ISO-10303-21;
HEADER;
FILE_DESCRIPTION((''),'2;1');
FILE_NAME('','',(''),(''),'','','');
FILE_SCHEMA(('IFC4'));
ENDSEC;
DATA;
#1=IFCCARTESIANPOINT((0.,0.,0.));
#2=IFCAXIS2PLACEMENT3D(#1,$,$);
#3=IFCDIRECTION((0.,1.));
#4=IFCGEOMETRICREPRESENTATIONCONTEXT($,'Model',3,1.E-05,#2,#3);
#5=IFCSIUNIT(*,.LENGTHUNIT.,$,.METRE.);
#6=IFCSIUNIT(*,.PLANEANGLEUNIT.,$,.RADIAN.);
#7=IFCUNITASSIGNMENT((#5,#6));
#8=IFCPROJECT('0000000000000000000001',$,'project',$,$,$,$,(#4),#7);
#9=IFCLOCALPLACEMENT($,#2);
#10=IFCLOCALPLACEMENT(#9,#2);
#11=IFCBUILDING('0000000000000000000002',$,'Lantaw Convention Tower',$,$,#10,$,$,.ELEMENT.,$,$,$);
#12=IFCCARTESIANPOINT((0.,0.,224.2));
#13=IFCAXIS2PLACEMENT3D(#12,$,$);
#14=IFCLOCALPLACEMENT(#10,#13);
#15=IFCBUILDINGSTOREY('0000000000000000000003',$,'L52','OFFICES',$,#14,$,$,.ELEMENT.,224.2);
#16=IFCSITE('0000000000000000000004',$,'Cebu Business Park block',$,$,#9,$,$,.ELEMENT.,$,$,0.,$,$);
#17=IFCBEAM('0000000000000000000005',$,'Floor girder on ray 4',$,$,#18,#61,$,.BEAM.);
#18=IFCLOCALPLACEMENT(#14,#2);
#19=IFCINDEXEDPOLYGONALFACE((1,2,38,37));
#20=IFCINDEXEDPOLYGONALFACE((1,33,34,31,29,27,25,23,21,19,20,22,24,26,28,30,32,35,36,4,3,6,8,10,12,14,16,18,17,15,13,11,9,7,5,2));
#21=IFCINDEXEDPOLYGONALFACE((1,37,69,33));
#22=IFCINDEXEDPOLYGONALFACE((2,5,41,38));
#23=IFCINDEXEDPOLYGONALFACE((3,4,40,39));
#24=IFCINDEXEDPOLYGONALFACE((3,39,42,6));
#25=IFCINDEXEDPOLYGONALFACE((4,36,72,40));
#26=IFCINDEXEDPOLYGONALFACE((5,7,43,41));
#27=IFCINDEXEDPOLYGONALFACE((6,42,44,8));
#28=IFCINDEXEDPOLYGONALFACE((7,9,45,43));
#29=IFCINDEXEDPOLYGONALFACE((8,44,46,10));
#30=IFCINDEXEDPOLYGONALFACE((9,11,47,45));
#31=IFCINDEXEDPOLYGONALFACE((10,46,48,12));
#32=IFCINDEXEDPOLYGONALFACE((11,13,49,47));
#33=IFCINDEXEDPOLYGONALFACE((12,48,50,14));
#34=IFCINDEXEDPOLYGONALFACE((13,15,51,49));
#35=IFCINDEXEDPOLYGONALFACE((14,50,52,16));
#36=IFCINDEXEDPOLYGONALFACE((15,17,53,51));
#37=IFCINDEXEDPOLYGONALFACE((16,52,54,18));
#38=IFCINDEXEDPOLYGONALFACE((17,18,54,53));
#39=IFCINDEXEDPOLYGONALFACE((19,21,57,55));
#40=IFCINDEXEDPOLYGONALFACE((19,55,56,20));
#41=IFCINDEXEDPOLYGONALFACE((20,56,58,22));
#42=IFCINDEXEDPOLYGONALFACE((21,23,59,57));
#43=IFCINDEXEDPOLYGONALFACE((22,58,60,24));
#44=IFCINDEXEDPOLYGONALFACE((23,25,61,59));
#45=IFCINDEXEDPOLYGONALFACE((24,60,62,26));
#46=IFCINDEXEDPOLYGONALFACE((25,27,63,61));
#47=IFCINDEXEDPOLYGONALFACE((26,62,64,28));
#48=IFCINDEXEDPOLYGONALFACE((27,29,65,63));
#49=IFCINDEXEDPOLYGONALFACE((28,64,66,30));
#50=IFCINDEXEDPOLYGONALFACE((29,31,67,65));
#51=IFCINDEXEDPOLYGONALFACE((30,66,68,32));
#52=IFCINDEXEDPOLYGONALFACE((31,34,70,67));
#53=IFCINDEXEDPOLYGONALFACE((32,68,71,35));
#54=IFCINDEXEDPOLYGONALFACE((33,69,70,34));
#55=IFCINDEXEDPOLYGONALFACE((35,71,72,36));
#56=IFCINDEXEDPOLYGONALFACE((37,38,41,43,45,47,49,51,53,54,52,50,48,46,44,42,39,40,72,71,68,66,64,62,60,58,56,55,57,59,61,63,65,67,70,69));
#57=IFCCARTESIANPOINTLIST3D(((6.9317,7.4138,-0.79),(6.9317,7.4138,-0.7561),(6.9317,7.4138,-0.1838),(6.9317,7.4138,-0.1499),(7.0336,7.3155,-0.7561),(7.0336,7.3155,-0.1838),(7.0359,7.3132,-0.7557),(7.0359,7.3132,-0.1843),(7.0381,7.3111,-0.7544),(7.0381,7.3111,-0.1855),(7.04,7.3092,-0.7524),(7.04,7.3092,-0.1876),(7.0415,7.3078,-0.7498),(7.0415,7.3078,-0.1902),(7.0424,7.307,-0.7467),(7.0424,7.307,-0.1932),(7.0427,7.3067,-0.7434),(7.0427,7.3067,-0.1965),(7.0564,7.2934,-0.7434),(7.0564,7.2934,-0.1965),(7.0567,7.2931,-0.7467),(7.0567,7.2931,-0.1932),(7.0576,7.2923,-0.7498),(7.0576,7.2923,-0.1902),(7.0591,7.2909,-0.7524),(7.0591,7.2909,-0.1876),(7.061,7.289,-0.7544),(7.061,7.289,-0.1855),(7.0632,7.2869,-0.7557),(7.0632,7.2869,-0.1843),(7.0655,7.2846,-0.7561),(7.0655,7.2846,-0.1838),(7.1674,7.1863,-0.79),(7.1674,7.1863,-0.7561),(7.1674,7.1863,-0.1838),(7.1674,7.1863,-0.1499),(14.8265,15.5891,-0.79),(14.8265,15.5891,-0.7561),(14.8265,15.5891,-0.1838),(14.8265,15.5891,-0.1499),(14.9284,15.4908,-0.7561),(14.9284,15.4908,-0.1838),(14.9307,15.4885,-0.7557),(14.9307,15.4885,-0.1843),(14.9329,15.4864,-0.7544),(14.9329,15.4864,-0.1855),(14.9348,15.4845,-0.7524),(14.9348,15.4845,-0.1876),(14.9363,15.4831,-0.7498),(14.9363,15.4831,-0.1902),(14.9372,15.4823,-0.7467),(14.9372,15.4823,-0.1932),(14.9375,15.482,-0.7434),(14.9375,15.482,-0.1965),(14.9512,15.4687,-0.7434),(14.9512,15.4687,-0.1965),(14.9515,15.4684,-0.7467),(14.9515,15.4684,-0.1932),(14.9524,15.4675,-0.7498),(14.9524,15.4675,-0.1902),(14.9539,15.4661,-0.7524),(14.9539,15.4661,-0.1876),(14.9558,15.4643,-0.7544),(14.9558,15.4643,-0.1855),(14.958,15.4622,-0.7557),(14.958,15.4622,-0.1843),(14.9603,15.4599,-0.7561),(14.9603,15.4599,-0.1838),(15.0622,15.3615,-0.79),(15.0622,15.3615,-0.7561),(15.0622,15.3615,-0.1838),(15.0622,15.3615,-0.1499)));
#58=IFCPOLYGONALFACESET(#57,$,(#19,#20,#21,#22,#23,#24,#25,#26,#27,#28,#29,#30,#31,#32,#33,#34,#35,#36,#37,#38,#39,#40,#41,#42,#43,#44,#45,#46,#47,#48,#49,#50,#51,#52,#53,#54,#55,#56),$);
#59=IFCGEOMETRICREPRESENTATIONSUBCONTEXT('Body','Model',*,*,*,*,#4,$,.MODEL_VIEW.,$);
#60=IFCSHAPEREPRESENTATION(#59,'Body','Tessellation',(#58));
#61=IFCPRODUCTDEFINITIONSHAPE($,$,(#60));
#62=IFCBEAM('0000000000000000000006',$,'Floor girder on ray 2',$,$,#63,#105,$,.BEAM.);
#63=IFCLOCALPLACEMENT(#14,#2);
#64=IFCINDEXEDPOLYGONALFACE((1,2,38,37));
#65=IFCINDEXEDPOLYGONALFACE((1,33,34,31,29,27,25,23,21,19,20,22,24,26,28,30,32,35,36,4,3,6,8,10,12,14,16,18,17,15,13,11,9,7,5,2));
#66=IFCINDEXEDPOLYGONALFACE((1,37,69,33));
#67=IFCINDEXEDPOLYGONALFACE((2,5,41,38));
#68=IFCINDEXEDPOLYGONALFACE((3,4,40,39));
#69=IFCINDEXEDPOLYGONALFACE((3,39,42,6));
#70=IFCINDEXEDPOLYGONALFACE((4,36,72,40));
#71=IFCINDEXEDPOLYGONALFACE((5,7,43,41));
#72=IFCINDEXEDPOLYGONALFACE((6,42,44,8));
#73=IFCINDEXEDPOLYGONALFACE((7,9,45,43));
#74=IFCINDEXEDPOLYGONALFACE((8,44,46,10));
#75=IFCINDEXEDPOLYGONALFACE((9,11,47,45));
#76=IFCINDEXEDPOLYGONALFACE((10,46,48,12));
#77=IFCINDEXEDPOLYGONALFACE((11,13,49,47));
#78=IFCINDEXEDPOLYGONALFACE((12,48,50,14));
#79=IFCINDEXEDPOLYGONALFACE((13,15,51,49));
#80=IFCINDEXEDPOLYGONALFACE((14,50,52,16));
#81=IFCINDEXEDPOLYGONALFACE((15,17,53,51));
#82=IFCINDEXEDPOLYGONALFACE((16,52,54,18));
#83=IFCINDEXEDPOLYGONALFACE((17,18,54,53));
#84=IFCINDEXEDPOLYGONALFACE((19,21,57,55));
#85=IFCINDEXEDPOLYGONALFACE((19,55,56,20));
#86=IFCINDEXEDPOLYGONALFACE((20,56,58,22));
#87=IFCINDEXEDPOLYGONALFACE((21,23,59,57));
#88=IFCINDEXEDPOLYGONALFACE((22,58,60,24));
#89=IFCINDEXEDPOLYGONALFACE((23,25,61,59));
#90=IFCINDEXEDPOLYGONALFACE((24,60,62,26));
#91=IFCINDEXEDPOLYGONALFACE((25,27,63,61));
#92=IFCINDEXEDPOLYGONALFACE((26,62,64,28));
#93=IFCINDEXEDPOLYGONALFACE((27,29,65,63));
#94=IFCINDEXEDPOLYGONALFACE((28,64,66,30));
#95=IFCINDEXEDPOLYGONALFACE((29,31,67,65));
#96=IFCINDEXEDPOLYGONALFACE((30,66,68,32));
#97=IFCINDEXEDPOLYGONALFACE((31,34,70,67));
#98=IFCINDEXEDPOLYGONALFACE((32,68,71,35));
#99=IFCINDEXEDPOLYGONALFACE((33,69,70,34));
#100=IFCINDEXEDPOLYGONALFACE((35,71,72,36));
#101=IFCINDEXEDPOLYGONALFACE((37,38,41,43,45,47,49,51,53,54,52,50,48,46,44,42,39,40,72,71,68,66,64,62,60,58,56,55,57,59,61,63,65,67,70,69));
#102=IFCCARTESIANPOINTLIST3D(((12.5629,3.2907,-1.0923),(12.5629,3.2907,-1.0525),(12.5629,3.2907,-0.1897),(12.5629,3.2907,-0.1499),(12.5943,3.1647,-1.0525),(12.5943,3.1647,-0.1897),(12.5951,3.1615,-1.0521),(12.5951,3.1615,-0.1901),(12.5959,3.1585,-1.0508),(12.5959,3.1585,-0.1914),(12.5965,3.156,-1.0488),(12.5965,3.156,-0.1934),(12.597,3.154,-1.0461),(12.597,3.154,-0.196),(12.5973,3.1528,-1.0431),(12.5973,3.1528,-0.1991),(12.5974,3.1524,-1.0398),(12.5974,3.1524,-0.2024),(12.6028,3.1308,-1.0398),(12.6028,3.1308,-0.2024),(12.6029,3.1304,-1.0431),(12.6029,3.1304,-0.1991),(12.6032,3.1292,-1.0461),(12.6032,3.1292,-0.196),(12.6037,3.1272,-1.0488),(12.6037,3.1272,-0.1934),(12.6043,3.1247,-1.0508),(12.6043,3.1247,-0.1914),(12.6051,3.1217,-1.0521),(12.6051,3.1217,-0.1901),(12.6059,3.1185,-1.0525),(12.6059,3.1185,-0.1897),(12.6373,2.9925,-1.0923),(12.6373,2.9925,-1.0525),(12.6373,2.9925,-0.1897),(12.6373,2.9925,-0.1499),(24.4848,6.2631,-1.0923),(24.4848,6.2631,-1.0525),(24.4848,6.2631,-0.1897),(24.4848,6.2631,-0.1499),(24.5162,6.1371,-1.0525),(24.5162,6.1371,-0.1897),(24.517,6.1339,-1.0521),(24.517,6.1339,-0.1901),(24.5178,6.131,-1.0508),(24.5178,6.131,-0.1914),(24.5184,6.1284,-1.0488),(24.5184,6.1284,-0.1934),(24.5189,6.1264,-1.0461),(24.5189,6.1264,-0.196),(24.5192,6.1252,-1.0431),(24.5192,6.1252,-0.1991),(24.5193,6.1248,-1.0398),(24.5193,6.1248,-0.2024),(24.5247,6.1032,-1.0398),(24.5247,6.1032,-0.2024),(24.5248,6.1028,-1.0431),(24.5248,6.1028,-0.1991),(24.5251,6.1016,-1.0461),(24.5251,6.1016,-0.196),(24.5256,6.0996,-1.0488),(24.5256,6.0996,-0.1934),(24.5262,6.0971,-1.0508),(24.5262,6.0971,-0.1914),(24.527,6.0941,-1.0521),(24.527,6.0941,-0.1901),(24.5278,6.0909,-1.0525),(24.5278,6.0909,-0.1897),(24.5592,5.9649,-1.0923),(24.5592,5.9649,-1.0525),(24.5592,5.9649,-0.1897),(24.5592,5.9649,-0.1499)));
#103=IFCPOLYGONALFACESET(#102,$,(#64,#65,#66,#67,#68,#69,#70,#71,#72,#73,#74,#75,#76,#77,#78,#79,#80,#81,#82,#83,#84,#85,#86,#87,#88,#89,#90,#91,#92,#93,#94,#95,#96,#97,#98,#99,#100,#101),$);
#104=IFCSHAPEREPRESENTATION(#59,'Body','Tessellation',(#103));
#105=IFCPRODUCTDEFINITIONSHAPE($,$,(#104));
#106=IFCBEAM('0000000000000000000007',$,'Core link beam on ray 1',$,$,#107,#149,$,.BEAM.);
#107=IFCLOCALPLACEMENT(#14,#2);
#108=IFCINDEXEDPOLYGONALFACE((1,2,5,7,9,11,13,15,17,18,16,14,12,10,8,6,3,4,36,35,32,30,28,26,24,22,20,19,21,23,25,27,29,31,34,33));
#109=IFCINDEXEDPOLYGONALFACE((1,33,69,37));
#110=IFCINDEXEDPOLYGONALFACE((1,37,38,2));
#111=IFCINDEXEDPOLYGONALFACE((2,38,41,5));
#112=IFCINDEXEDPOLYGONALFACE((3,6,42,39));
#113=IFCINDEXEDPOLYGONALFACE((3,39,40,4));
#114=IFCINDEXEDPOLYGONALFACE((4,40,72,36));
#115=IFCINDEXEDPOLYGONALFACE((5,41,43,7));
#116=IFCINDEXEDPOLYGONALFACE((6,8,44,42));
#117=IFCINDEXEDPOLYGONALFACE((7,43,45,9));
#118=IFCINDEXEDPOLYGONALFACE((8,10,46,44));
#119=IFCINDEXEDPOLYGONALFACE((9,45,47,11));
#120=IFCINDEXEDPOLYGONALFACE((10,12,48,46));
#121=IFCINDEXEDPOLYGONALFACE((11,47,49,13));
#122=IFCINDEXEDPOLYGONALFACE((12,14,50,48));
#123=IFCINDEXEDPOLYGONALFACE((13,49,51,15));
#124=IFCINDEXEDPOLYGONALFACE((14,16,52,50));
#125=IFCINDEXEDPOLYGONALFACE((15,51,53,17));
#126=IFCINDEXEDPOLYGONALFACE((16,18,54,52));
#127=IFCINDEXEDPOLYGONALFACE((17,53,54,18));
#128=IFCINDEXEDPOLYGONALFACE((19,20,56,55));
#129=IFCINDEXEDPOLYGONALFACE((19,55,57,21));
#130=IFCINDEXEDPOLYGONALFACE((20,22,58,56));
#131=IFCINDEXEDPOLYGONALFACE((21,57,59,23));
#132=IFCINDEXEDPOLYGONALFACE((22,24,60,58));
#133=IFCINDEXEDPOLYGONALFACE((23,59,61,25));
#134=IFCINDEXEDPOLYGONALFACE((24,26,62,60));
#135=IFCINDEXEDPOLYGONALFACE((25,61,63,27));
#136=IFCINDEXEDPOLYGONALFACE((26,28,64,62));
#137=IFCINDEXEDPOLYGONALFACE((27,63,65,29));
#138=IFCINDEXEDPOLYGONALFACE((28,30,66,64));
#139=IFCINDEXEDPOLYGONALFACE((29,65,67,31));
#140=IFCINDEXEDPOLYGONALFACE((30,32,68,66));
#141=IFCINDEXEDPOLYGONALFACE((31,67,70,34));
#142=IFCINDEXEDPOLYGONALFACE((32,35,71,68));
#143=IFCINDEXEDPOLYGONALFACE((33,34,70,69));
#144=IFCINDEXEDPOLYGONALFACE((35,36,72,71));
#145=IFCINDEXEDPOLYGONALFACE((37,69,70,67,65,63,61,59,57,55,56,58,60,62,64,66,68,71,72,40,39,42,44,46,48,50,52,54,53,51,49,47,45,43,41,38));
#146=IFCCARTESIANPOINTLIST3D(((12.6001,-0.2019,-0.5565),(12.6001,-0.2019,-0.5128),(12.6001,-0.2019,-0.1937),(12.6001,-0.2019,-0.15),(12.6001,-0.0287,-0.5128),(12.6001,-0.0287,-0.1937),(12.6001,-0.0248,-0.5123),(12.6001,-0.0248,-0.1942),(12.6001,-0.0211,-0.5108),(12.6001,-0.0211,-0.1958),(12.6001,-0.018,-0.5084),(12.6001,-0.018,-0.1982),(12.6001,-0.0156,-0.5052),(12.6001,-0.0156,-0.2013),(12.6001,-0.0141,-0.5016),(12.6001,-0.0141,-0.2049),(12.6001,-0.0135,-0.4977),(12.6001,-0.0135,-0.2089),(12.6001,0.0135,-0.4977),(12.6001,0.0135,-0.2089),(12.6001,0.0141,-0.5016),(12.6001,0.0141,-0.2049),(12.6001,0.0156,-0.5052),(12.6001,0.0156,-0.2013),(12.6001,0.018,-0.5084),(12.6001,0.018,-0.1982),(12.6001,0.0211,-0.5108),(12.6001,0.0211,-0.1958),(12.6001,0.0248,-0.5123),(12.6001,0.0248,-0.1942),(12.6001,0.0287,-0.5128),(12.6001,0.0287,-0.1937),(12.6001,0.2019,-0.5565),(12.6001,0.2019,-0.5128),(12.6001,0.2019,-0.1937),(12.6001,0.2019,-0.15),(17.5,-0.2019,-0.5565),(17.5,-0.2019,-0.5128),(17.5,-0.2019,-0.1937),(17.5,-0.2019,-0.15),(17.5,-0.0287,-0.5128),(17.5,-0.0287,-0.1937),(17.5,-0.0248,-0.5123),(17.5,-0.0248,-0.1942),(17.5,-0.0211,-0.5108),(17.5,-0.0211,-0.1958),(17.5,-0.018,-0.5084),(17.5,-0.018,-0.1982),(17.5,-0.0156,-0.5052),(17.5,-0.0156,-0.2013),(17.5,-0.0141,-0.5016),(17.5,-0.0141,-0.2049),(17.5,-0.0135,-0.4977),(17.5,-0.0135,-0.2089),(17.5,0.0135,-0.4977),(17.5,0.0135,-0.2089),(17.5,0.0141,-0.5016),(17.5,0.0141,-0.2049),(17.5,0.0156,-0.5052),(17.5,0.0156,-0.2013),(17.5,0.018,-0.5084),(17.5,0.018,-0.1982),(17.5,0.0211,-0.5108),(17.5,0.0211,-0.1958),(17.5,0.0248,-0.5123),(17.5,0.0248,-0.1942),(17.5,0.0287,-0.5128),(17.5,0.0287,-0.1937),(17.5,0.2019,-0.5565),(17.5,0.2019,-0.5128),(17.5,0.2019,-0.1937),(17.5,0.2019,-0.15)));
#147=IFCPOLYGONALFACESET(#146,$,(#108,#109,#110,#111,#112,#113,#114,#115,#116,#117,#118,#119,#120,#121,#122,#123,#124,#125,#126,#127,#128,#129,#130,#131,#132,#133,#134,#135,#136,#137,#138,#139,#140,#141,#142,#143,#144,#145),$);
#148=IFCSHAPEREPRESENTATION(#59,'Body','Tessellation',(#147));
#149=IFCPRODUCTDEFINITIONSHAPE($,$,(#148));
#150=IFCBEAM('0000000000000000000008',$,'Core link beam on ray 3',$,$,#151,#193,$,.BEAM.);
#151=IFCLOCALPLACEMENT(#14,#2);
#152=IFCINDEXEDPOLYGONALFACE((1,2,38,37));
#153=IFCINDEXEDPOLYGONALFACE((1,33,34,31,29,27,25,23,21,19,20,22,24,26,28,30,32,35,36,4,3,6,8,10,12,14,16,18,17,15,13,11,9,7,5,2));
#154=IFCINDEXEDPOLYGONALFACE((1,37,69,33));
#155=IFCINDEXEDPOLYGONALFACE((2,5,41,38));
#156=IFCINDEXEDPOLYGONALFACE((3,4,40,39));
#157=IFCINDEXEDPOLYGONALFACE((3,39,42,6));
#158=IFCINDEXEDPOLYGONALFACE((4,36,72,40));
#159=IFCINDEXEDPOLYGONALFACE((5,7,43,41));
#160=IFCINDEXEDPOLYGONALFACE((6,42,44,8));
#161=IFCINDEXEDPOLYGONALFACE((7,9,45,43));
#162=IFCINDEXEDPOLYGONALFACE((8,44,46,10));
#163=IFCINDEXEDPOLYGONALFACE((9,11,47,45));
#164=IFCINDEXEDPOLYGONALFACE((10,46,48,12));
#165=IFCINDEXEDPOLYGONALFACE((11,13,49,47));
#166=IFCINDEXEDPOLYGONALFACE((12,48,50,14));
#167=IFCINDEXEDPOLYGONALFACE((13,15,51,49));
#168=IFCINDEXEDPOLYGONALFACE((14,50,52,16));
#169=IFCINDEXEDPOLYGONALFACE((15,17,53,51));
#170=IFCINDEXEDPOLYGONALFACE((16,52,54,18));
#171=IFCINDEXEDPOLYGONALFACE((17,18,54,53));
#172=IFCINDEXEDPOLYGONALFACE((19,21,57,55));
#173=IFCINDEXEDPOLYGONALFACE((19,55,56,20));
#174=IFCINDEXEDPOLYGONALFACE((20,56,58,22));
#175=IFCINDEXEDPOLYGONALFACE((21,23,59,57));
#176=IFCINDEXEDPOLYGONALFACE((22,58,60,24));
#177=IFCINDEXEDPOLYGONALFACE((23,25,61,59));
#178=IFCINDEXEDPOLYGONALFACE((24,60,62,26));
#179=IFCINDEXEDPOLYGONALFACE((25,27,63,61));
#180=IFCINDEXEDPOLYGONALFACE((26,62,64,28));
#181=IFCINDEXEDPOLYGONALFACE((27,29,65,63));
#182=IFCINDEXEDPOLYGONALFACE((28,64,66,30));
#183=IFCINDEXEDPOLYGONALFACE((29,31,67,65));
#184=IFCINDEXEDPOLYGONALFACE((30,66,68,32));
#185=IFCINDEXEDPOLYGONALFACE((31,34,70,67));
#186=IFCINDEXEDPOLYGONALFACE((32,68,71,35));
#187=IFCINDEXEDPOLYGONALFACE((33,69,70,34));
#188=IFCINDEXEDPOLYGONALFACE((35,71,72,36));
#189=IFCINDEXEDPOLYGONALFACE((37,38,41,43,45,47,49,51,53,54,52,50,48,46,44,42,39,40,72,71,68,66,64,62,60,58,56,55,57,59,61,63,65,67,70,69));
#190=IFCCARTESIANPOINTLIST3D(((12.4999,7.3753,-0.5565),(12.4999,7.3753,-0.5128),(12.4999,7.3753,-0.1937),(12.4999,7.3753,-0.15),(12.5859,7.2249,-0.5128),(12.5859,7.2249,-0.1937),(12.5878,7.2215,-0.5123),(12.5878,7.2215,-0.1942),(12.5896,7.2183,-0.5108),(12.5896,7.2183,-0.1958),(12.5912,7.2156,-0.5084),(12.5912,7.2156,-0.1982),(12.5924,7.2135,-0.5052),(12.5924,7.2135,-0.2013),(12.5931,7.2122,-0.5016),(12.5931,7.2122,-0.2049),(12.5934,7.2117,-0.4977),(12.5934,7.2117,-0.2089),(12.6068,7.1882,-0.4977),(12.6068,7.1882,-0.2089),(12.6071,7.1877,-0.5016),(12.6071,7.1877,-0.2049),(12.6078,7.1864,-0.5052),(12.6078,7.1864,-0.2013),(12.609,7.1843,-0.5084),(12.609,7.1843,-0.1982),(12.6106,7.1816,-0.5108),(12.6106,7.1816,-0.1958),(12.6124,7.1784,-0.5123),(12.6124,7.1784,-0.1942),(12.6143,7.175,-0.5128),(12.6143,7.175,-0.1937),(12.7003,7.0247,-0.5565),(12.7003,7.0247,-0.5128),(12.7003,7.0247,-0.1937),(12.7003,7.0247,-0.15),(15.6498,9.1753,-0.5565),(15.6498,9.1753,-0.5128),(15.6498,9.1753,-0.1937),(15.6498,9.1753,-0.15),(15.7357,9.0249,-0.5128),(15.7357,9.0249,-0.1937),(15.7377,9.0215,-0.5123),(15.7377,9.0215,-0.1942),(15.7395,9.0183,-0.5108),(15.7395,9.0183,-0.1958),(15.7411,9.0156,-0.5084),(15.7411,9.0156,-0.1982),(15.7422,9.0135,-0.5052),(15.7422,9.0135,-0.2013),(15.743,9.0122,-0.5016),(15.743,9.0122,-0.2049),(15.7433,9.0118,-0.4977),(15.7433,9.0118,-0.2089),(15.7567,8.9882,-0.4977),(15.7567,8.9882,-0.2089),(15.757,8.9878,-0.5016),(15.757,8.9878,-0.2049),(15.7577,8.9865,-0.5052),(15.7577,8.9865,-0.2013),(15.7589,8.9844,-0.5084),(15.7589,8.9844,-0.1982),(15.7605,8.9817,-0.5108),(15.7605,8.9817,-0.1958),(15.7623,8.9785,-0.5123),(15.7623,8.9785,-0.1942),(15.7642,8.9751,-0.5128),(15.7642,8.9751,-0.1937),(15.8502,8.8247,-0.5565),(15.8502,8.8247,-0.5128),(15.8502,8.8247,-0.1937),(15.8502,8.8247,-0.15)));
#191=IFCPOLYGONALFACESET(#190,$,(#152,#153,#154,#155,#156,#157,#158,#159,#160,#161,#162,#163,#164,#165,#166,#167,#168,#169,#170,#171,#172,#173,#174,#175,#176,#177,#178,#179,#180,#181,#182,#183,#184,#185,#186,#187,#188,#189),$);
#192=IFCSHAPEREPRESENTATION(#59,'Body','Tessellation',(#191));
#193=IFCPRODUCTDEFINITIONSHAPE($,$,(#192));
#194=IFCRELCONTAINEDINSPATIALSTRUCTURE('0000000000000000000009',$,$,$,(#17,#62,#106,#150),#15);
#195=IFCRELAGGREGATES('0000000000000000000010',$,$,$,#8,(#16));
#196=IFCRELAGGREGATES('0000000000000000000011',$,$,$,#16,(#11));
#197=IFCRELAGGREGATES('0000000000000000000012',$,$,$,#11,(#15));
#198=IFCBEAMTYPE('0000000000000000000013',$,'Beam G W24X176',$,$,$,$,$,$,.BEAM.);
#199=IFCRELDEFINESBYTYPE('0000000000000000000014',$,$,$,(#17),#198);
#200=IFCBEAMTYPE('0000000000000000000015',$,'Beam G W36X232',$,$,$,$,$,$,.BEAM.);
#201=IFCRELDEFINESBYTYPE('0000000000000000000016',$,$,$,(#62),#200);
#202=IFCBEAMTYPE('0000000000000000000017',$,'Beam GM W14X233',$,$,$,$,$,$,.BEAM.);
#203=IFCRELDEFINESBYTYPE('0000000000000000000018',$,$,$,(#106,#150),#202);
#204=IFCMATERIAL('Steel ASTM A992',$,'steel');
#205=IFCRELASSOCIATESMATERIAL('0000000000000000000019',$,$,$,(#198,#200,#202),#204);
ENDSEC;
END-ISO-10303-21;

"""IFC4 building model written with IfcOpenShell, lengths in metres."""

from ifc_helpers import new_model, si_unit, direction, frame, origin, origin_2d, place, context, subcontext, project, spatial, i_section, extrude, material, material_profile, profile_set, type_object, element, save


model = new_model("IFC4")

# Units and contexts
model_context = context("Model", 3, precision=1e-05, world=origin(), true_north=direction((0.0, 1.0)))
body_context = subcontext(model_context, "Body", "Model", "MODEL_VIEW")
ifc_project = project(units=[si_unit("LENGTHUNIT", "METRE"), si_unit("PLANEANGLEUNIT", "RADIAN")], contexts=[model_context])

# Site, building, storey
site_placement = place(None, origin())
site = spatial("IfcSite", under=ifc_project, at=site_placement, Name="Cebu Business Park block", CompositionType="ELEMENT", RefElevation=0.0)
building_placement = place(site_placement, origin())
building = spatial("IfcBuilding", under=site, at=building_placement, Name="Lantaw Convention Tower", CompositionType="ELEMENT")
storey_placement = place(building_placement, frame((0.0, 0.0, 224.2)))
storey = spatial("IfcBuildingStorey", under=building, at=storey_placement, Name="L52", Description="OFFICES", CompositionType="ELEMENT", Elevation=224.2)

# Beams
ifc_material_1 = material(Name="Steel ASTM A992", Category="steel")
ifc_material_profile_1 = material_profile(ifc_material_1, i_section(OverallWidth=0.3276, OverallDepth=0.6401, WebThickness=0.019, FlangeThickness=0.0339, FilletRadius=0.0127, at=origin_2d()), Name="W24X176")
ifc_profile_set_1 = profile_set([ifc_material_profile_1], Name="Steel ASTM A992")
beam_type_1 = type_object("IfcBeamType", Name="Beam G W24X176", PredefinedType="BEAM", material=ifc_profile_set_1)
beam_1_placement = place(storey_placement, frame((7.0496, 7.3, -0.47), z_axis=(0.694658, 0.71934, 0.0), x_axis=(-0.71934, 0.694658, 0.0)))
element("IfcBeam", 1, at=beam_1_placement, inside=storey, type_object=beam_type_1, Name="Floor girder on ray 4", PredefinedType="BEAM", context=body_context, shape_type="SweptSolid", body=[
    extrude(i_section(OverallWidth=0.3276, OverallDepth=0.6401, WebThickness=0.019, FlangeThickness=0.0339, FilletRadius=0.0127, at=origin_2d()), origin(), (0.0, 0.0, 1.0), 11.365),
])
ifc_material_profile_2 = material_profile(ifc_material_1, i_section(OverallWidth=0.3074, OverallDepth=0.9424, WebThickness=0.0222, FlangeThickness=0.0398, FilletRadius=0.0127, at=origin_2d()), Name="W36X232")
ifc_profile_set_2 = profile_set([ifc_material_profile_2], Name="Steel ASTM A992")
beam_type_2 = type_object("IfcBeamType", Name="Beam G W36X232", PredefinedType="BEAM", material=ifc_profile_set_2)
beam_2_placement = place(storey_placement, frame((12.6001, 3.1416, -0.6211), z_axis=(0.970297, 0.241918, 0.0), x_axis=(-0.241918, 0.970297, 0.0)))
element("IfcBeam", 2, at=beam_2_placement, inside=storey, type_object=beam_type_2, Name="Floor girder on ray 2", PredefinedType="BEAM", context=body_context, shape_type="SweptSolid", body=[
    extrude(i_section(OverallWidth=0.3074, OverallDepth=0.9424, WebThickness=0.0222, FlangeThickness=0.0398, FilletRadius=0.0127, at=origin_2d()), origin(), (0.0, 0.0, 1.0), 12.2869),
])
ifc_material_profile_3 = material_profile(ifc_material_1, i_section(OverallWidth=0.4038, OverallDepth=0.4065, WebThickness=0.0271, FlangeThickness=0.0437, FilletRadius=0.0151, at=origin_2d()), Name="W14X233")
ifc_profile_set_3 = profile_set([ifc_material_profile_3], Name="Steel ASTM A992")
beam_type_3 = type_object("IfcBeamType", Name="Beam GM W14X233", PredefinedType="BEAM", material=ifc_profile_set_3)
beam_3_placement = place(storey_placement, frame((12.6001, 0.0, -0.3533), z_axis=(1.0, 0.0, 0.0), x_axis=(0.0, 1.0, 0.0)))
element("IfcBeam", 3, at=beam_3_placement, inside=storey, type_object=beam_type_3, Name="Core link beam on ray 1", PredefinedType="BEAM", context=body_context, shape_type="SweptSolid", body=[
    extrude(i_section(OverallWidth=0.4038, OverallDepth=0.4065, WebThickness=0.0271, FlangeThickness=0.0437, FilletRadius=0.0151, at=origin_2d()), origin(), (0.0, 0.0, 1.0), 4.8999),
])
beam_4_placement = place(storey_placement, frame((12.6001, 7.2, -0.3533), z_axis=(0.868231, 0.496161, 0.0), x_axis=(-0.496161, 0.868231, 0.0)))
element("IfcBeam", 4, at=beam_4_placement, inside=storey, type_object=beam_type_3, Name="Core link beam on ray 3", PredefinedType="BEAM", context=body_context, shape_type="SweptSolid", body=[
    extrude(i_section(OverallWidth=0.4038, OverallDepth=0.4065, WebThickness=0.0271, FlangeThickness=0.0437, FilletRadius=0.0151, at=origin_2d()), origin(), (0.0, 0.0, 1.0), 3.6279),
])

save(model, "model.ifc")
